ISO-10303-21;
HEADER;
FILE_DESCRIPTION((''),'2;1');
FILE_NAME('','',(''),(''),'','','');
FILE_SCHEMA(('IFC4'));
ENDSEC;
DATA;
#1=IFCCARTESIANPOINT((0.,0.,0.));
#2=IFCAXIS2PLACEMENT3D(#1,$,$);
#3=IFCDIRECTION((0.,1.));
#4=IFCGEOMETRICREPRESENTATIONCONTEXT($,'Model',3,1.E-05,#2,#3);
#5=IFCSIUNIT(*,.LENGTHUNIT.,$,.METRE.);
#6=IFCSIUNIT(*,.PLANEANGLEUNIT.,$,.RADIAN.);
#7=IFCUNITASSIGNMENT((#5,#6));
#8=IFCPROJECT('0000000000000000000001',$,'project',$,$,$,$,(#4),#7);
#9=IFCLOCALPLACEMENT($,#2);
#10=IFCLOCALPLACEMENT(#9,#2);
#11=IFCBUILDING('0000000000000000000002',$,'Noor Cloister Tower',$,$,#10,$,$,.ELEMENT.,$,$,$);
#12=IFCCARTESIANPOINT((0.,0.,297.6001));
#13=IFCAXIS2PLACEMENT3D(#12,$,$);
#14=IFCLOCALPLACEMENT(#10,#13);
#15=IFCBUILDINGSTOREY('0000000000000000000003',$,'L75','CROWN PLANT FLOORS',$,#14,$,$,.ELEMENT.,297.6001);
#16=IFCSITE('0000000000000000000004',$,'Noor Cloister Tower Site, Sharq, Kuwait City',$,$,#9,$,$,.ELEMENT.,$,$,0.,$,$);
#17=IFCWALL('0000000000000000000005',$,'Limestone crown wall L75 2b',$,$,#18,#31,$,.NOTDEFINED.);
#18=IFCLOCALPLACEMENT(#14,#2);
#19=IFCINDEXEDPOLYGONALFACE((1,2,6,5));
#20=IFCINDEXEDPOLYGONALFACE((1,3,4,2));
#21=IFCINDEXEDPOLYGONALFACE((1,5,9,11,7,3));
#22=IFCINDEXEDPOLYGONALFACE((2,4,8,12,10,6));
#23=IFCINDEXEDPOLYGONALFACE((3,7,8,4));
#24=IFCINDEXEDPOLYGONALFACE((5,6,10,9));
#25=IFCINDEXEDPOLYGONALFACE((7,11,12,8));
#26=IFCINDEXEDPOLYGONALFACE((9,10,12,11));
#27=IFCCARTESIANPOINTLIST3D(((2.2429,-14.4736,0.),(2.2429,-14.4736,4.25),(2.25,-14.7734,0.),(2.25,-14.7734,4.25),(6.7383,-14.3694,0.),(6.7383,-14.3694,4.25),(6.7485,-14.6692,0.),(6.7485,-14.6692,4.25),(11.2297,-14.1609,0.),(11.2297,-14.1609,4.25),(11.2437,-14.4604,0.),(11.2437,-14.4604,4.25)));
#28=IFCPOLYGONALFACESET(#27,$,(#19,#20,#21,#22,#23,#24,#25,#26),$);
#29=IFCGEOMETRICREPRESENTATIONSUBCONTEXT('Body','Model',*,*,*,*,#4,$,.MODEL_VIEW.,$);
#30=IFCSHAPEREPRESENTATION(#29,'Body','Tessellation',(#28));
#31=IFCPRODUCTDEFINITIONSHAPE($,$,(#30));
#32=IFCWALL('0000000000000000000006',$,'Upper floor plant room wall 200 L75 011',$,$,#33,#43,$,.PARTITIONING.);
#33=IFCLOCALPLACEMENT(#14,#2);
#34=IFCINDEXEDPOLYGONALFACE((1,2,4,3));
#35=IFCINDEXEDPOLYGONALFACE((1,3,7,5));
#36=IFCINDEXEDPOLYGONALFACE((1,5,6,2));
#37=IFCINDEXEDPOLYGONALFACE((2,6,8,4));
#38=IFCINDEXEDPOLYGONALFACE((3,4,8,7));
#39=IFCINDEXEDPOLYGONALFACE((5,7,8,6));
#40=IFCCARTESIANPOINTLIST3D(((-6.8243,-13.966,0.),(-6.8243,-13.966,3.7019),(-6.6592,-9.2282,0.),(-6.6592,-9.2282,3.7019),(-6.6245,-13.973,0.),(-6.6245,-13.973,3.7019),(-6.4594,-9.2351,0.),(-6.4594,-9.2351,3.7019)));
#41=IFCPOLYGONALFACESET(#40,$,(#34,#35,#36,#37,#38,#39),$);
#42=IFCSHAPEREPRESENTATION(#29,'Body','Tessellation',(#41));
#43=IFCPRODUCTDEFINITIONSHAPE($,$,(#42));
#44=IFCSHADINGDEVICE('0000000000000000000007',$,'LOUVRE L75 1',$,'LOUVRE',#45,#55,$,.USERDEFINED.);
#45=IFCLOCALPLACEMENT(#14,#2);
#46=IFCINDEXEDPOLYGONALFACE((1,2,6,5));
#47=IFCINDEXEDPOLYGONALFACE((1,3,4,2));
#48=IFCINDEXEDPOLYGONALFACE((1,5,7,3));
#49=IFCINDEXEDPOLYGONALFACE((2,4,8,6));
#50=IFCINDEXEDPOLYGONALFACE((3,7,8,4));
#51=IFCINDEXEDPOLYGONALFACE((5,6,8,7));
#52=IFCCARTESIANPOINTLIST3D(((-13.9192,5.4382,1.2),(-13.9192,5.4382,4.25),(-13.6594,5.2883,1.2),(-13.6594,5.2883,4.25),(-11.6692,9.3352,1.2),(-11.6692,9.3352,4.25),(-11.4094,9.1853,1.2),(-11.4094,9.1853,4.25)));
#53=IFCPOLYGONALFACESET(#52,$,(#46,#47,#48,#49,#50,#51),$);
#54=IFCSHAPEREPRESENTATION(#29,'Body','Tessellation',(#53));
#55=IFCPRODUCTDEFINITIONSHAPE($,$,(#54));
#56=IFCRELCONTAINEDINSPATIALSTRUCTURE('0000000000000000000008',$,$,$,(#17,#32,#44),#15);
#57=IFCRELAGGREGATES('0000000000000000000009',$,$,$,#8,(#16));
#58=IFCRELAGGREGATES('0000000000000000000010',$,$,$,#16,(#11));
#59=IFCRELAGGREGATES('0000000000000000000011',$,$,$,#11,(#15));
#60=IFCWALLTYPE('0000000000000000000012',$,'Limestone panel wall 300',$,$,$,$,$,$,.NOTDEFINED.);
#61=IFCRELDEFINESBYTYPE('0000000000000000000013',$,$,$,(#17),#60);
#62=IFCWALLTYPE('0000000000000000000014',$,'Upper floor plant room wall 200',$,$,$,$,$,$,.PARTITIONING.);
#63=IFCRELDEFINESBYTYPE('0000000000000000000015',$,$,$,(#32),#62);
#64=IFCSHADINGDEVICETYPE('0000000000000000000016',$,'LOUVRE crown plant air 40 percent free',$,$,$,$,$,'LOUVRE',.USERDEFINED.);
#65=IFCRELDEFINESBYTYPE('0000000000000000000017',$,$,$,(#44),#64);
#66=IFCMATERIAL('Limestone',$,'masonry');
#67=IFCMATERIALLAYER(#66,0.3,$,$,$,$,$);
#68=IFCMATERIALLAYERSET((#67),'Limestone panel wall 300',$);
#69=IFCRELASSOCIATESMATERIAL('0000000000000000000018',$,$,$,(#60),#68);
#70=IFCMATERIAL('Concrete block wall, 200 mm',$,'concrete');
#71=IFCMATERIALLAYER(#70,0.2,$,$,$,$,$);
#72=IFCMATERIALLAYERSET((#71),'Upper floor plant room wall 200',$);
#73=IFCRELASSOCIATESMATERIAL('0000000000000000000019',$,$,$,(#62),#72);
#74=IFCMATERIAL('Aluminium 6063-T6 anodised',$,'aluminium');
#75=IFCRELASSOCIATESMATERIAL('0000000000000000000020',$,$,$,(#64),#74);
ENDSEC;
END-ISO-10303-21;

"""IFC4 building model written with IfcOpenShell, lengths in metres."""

from ifc_helpers import new_model, si_unit, direction, frame, frame_2d, origin, place, context, subcontext, project, spatial, polyline, rectangle, outline, extrude, material, layer, layer_set, type_object, element, save


model = new_model("IFC4")

# Units and contexts
model_context = context("Model", 3, precision=1e-05, world=origin(), true_north=direction((0.0, 1.0)))
body_context = subcontext(model_context, "Body", "Model", "MODEL_VIEW")
ifc_project = project(units=[si_unit("LENGTHUNIT", "METRE"), si_unit("PLANEANGLEUNIT", "RADIAN")], contexts=[model_context])

# Site, building, storey
site_placement = place(None, origin())
site = spatial("IfcSite", under=ifc_project, at=site_placement, Name="Noor Cloister Tower Site, Sharq, Kuwait City", CompositionType="ELEMENT", RefElevation=0.0)
building_placement = place(site_placement, origin())
building = spatial("IfcBuilding", under=site, at=building_placement, Name="Noor Cloister Tower", CompositionType="ELEMENT")
storey_placement = place(building_placement, frame((0.0, 0.0, 297.6001)))
storey = spatial("IfcBuildingStorey", under=building, at=storey_placement, Name="L75", Description="CROWN PLANT FLOORS", CompositionType="ELEMENT", Elevation=297.6001)

# Walls
ifc_material_1 = material(Name="Limestone", Category="masonry")
ifc_layer_1 = layer(ifc_material_1, 0.3)
ifc_layer_set_1 = layer_set([ifc_layer_1], Name="Limestone panel wall 300")
wall_type_1 = type_object("IfcWallType", Name="Limestone panel wall 300", PredefinedType="NOTDEFINED", material=ifc_layer_set_1)
wall_1_placement = place(storey_placement, origin())
element("IfcWall", 1, at=wall_1_placement, inside=storey, type_object=wall_type_1, Name="Limestone crown wall L75 2b", PredefinedType="NOTDEFINED", context=body_context, shape_type="SweptSolid", body=[
    extrude(outline(polyline([(2.25, -14.7734), (6.7485, -14.6692), (11.2437, -14.4604), (11.2297, -14.1609), (6.7383, -14.3694), (2.2429, -14.4736), (2.25, -14.7734)])), origin(), (0.0, 0.0, 1.0), 4.25),
])
ifc_material_2 = material(Name="Concrete block wall, 200 mm", Category="concrete")
ifc_layer_2 = layer(ifc_material_2, 0.2)
ifc_layer_set_2 = layer_set([ifc_layer_2], Name="Upper floor plant room wall 200")
wall_type_2 = type_object("IfcWallType", Name="Upper floor plant room wall 200", PredefinedType="PARTITIONING", material=ifc_layer_set_2)
wall_2_placement = place(storey_placement, frame((-6.7244, -13.9695, 0.0), z_axis=(0.0, 0.0, 1.0), x_axis=(0.034813, 0.999394, 0.0)))
element("IfcWall", 2, at=wall_2_placement, inside=storey, type_object=wall_type_2, Name="Upper floor plant room wall 200 L75 011", PredefinedType="PARTITIONING", context=body_context, shape_type="SweptSolid", body=[
    extrude(rectangle(XDim=4.7407, YDim=0.2, at=frame_2d((2.3704, 0.0))), origin(), (0.0, 0.0, 1.0), 3.7019),
])

# Shading device
ifc_material_3 = material(Name="Aluminium 6063-T6 anodised", Category="aluminium")
shading_device_type = type_object("IfcShadingDeviceType", Name="LOUVRE crown plant air 40 percent free", ElementType="LOUVRE", PredefinedType="USERDEFINED", material=ifc_material_3)
shading_device_placement = place(storey_placement, frame((0.0, 0.0, 1.2)))
element("IfcShadingDevice", 3, at=shading_device_placement, inside=storey, type_object=shading_device_type, Name="LOUVRE L75 1", ObjectType="LOUVRE", PredefinedType="USERDEFINED", context=body_context, shape_type="SweptSolid", body=[
    extrude(outline(polyline([(-11.6692, 9.3352), (-13.9192, 5.4382), (-13.6594, 5.2883), (-11.4094, 9.1853), (-11.6692, 9.3352)])), origin(), (0.0, 0.0, 1.0), 3.05),
])

save(model, "model.ifc")
